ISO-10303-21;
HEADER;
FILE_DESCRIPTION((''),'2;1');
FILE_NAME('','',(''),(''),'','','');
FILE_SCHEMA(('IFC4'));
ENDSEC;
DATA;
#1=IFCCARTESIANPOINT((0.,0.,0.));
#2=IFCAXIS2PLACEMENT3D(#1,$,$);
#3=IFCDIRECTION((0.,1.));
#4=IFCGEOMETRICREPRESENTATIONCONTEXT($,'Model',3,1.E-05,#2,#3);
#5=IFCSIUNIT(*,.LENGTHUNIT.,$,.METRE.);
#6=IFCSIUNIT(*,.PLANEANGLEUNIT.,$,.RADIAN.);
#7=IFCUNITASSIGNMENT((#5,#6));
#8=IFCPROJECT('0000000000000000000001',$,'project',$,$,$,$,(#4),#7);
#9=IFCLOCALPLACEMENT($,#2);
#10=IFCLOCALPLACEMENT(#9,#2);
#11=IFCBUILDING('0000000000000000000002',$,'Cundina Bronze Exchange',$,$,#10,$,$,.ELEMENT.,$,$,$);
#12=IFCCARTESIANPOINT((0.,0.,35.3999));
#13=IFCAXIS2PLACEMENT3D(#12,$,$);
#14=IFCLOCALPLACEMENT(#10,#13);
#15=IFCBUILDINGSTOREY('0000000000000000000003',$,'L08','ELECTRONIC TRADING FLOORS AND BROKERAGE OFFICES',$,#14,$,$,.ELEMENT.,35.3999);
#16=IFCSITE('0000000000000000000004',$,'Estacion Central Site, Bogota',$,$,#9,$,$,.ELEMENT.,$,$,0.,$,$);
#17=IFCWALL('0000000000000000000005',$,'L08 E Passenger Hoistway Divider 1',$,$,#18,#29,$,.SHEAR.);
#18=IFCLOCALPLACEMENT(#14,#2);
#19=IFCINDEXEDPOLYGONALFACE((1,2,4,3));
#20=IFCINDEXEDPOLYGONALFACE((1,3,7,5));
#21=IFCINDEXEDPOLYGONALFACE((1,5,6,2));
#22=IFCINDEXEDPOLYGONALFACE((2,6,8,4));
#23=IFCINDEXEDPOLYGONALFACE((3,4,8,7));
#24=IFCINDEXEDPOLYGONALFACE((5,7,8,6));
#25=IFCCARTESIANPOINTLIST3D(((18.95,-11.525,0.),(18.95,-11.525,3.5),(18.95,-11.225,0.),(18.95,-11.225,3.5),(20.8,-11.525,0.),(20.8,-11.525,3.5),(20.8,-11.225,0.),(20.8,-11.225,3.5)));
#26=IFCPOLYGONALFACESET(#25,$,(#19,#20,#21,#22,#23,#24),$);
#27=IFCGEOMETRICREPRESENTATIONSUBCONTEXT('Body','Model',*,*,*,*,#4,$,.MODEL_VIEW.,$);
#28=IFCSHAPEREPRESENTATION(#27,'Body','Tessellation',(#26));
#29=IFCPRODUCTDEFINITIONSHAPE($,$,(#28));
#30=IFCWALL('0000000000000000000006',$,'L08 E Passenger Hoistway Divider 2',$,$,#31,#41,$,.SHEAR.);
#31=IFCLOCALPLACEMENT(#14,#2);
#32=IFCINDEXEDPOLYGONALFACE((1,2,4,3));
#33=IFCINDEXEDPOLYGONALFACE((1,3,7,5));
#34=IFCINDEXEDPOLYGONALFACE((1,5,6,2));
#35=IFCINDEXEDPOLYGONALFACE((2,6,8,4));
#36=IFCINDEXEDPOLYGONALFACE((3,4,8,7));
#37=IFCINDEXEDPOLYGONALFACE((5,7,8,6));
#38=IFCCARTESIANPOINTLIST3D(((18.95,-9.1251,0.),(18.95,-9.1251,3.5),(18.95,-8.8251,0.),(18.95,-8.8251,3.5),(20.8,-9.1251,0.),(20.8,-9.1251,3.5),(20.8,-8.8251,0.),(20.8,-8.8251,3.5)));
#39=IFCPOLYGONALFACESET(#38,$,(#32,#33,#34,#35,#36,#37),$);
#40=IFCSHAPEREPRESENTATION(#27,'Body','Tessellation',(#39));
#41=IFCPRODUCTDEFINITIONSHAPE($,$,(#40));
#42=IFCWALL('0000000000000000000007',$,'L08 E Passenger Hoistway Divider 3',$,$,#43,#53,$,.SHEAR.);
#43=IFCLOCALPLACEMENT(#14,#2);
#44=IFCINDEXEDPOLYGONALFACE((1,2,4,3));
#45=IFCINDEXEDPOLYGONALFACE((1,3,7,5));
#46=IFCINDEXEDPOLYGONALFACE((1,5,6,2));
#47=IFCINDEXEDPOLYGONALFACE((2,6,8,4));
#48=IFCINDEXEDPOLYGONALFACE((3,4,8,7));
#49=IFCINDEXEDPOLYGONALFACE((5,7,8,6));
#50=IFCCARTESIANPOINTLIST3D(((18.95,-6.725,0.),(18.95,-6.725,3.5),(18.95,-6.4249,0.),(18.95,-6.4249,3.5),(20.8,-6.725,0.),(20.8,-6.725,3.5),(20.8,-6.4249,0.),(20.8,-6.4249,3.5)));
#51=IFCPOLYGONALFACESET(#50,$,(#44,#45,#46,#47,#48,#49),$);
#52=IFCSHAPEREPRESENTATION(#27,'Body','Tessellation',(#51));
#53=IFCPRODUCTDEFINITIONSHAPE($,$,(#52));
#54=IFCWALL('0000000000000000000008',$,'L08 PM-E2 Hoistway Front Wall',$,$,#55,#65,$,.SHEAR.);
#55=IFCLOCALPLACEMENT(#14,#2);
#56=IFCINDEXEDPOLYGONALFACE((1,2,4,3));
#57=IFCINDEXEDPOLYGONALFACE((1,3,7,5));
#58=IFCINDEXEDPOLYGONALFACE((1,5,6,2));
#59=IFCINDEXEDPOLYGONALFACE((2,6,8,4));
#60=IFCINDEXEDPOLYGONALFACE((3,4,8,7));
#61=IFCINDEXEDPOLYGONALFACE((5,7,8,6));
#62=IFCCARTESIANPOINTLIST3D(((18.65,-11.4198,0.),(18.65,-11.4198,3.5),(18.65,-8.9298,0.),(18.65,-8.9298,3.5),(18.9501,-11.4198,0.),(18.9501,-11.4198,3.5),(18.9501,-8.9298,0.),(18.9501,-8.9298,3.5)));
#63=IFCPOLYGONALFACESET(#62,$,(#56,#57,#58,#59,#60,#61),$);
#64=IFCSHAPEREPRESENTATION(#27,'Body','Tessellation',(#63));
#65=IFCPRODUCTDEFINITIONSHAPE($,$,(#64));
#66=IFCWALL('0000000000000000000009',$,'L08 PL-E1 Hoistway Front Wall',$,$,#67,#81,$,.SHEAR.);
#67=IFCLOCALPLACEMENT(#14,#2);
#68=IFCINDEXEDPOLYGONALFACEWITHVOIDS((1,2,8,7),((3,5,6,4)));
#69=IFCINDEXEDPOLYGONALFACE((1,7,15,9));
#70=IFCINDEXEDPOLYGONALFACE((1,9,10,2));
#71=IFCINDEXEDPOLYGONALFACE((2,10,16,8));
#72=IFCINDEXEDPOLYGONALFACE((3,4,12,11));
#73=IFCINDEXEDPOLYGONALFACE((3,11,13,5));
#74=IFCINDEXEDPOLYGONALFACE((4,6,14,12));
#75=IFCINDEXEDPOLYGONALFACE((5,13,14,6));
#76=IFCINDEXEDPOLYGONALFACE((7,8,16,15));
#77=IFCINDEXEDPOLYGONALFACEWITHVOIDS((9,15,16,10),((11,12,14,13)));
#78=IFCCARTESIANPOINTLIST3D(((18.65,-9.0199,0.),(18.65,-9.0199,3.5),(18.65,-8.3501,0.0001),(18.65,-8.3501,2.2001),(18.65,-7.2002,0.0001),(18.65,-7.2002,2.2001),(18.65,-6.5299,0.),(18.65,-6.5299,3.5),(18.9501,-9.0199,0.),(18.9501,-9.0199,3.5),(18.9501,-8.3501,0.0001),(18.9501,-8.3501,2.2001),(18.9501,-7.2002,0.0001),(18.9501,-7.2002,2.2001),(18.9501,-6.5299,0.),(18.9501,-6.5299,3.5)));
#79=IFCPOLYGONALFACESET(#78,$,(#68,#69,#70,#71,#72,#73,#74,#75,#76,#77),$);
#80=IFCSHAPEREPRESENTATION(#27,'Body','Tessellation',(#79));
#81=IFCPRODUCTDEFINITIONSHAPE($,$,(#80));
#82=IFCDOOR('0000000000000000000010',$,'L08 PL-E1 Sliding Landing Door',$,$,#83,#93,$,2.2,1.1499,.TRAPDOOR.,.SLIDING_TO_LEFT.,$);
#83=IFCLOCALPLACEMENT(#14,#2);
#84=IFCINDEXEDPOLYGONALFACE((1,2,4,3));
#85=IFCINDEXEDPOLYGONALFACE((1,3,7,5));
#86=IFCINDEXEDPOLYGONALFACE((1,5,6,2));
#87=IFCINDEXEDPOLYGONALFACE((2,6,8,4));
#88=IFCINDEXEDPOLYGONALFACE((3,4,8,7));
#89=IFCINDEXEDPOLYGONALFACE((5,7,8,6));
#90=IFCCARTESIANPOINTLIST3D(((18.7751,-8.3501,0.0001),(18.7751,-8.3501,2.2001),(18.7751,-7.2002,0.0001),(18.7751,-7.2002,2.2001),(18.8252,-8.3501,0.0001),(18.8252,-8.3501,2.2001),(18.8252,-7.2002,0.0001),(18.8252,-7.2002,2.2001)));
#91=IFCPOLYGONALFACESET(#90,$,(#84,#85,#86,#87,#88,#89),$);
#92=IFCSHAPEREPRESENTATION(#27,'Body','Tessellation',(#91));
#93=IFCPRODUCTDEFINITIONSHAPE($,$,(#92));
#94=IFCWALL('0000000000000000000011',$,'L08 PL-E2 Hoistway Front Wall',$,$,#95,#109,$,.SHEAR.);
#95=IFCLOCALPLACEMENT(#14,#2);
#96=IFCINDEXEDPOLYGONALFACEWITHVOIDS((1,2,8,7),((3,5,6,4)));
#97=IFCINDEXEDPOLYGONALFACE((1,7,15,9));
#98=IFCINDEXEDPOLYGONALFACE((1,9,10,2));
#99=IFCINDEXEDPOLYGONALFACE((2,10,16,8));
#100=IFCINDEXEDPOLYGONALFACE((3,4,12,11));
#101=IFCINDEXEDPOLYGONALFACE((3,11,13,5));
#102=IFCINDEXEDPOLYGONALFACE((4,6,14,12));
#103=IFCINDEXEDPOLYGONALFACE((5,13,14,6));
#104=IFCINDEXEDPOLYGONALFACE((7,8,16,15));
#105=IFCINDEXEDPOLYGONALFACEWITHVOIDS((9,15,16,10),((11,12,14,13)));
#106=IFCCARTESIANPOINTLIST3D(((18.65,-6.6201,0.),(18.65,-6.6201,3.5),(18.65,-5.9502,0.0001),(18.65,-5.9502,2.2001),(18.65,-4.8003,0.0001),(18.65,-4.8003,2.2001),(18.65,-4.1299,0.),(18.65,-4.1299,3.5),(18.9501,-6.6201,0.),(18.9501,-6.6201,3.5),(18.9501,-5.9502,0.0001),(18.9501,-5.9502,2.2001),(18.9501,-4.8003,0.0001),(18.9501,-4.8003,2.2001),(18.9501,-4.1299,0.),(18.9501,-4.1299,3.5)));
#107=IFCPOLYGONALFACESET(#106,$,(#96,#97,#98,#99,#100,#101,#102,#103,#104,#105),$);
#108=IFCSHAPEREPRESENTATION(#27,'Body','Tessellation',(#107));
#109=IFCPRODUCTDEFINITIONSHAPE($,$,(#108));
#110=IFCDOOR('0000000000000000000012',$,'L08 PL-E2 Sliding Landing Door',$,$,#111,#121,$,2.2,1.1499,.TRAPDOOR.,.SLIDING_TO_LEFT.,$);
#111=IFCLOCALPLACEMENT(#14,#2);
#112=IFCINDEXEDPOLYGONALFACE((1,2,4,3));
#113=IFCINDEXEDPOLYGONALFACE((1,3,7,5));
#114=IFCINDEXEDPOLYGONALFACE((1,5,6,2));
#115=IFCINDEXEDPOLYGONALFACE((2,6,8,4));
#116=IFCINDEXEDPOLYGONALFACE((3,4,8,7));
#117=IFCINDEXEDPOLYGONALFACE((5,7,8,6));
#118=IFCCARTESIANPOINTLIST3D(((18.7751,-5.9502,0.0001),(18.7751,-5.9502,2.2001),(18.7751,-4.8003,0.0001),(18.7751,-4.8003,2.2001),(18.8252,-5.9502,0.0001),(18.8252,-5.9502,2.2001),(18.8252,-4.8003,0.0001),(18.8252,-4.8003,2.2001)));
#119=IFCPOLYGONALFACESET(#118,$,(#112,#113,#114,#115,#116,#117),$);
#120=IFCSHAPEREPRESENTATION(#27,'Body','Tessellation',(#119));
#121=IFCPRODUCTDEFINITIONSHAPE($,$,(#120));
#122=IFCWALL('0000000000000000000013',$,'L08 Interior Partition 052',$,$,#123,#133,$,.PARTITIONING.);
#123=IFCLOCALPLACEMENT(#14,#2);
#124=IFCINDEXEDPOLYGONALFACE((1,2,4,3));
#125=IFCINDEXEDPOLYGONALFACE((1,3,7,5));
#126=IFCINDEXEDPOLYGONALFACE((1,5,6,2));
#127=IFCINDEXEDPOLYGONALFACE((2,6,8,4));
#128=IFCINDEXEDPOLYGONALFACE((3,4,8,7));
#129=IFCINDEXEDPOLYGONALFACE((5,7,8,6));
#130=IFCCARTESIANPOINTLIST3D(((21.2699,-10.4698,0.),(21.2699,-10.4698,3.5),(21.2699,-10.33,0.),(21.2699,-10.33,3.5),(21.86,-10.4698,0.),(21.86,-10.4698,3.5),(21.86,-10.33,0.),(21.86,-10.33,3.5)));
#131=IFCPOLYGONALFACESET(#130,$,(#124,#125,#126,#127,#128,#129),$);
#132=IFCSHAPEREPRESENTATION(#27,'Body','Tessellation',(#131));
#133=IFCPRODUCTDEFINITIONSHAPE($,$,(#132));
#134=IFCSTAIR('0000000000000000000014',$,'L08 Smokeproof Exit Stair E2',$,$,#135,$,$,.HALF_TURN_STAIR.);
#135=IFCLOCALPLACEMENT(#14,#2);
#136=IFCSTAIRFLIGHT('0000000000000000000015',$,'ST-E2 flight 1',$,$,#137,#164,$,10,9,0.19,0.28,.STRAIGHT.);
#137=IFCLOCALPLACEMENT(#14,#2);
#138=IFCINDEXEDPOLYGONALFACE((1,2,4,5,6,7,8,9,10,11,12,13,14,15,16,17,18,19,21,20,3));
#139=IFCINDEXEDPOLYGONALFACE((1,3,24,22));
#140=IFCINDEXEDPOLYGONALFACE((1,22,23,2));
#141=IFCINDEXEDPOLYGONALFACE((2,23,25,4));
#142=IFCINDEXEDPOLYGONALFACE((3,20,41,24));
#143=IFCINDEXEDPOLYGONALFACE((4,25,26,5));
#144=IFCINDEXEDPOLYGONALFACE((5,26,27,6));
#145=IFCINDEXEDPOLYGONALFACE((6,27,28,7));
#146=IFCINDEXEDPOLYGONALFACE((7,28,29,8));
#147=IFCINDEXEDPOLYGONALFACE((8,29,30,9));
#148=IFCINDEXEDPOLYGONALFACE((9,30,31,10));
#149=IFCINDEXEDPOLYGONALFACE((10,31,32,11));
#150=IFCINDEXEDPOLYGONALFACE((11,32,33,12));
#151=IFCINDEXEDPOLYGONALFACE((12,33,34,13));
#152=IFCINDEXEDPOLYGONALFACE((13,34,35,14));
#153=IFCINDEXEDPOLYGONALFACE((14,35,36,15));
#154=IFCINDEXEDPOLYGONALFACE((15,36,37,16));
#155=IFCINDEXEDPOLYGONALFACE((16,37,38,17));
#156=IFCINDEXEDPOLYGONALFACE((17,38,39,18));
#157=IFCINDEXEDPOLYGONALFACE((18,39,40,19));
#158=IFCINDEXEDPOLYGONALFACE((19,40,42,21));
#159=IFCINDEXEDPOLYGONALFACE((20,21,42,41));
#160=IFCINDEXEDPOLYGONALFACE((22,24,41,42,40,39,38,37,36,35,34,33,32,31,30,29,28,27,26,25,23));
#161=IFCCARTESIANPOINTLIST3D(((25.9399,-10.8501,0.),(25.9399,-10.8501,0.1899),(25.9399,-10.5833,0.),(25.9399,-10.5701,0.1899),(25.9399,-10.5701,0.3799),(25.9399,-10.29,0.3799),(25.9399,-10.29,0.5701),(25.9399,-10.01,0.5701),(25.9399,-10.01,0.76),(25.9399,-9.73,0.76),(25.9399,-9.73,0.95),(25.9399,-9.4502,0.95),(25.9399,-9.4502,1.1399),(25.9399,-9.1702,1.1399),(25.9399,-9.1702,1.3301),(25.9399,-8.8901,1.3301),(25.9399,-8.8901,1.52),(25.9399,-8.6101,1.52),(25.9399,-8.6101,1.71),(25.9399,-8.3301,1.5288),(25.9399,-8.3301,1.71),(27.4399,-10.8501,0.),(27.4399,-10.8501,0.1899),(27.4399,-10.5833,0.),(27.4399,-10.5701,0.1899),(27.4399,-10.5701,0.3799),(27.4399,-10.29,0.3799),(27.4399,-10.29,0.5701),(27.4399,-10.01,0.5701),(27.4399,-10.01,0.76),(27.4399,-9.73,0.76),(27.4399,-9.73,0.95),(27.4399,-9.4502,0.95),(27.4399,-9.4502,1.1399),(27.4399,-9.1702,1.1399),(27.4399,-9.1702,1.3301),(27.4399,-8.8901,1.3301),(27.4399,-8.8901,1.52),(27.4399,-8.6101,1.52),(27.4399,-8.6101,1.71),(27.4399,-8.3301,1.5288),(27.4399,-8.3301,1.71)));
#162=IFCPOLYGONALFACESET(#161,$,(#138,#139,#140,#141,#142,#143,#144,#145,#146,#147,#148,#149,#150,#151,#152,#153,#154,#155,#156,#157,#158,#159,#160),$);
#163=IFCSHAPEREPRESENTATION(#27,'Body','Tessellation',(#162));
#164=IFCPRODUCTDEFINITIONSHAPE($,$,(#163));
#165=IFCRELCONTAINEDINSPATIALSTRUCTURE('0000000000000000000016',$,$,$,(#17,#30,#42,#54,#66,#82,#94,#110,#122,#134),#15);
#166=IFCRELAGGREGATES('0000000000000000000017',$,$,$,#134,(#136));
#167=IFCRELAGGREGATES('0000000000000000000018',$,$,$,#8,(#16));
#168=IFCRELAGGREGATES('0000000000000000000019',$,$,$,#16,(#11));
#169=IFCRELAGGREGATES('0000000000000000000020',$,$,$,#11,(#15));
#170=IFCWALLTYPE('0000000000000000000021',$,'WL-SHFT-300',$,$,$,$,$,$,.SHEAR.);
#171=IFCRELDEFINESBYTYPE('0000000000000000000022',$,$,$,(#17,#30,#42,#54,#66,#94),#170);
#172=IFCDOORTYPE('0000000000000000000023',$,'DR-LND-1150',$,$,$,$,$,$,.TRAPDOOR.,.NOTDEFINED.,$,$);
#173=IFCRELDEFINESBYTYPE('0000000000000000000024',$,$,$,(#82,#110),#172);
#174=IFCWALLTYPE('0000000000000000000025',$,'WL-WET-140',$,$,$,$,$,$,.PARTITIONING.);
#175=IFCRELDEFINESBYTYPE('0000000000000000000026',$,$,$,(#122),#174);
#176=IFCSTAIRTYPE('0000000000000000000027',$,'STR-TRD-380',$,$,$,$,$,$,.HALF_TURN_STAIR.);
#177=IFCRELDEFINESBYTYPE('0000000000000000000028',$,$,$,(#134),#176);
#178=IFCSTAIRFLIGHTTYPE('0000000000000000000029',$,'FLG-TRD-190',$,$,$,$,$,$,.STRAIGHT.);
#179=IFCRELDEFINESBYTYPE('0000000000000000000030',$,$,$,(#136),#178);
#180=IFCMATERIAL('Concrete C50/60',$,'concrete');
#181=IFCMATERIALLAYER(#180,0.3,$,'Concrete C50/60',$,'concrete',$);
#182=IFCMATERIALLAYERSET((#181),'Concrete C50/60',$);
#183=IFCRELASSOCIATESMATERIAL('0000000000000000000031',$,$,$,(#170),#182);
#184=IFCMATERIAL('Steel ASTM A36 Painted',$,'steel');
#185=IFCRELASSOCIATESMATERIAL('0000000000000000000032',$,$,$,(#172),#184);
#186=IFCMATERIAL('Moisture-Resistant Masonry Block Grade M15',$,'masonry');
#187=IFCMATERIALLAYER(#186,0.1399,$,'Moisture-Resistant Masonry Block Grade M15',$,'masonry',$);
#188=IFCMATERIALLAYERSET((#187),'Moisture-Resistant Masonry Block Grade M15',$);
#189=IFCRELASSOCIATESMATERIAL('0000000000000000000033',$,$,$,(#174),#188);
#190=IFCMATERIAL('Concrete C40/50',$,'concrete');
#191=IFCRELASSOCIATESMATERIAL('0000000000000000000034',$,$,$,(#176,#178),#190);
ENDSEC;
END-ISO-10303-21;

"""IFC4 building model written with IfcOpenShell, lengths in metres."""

from ifc_helpers import new_model, si_unit, direction, frame, frame_2d, origin, place, context, subcontext, project, spatial, polyline, rectangle, outline, extrude, material, layer, layer_set, type_object, element, fill, aggregate, save


model = new_model("IFC4")

# Units and contexts
model_context = context("Model", 3, precision=1e-05, world=origin(), true_north=direction((0.0, 1.0)))
body_context = subcontext(model_context, "Body", "Model", "MODEL_VIEW")
ifc_project = project(units=[si_unit("LENGTHUNIT", "METRE"), si_unit("PLANEANGLEUNIT", "RADIAN")], contexts=[model_context])

# Site, building, storey
site_placement = place(None, origin())
site = spatial("IfcSite", under=ifc_project, at=site_placement, Name="Estacion Central Site, Bogota", CompositionType="ELEMENT", RefElevation=0.0)
building_placement = place(site_placement, origin())
building = spatial("IfcBuilding", under=site, at=building_placement, Name="Cundina Bronze Exchange", CompositionType="ELEMENT")
storey_placement = place(building_placement, frame((0.0, 0.0, 35.3999)))
storey = spatial("IfcBuildingStorey", under=building, at=storey_placement, Name="L08", Description="ELECTRONIC TRADING FLOORS AND BROKERAGE OFFICES", CompositionType="ELEMENT", Elevation=35.3999)

# Shared definitions
ifc_material_1 = material(Name="Concrete C50/60", Category="concrete")
ifc_layer_1 = layer(ifc_material_1, 0.3, Name="Concrete C50/60", Category="concrete")
ifc_layer_set_1 = layer_set([ifc_layer_1], Name="Concrete C50/60")
wall_type_1 = type_object("IfcWallType", Name="WL-SHFT-300", PredefinedType="SHEAR", material=ifc_layer_set_1)

# Shared definitions
ifc_material_2 = material(Name="Steel ASTM A36 Painted", Category="steel")
door_type_1 = type_object("IfcDoorType", Name="DR-LND-1150", OperationType="NOTDEFINED", PredefinedType="TRAPDOOR", material=ifc_material_2)

# Walls
for number, where, z_axis, x_axis, name in (
    (1, (18.95, -11.375, 0.0), (0.0, 0.0, 1.0), (1.0, 0.0, 0.0), "L08 E Passenger Hoistway Divider 1"),
    (2, (18.95, -8.9751, 0.0), (0.0, 0.0, 1.0), (1.0, 0.0, 0.0), "L08 E Passenger Hoistway Divider 2"),
    (3, (18.95, -6.575, 0.0), (0.0, 0.0, 1.0), (1.0, 0.0, 0.0), "L08 E Passenger Hoistway Divider 3"),
):
    element("IfcWall", number, at=place(storey_placement, frame(where, z_axis=z_axis, x_axis=x_axis)), inside=storey, type_object=wall_type_1, Name=name, PredefinedType="SHEAR", context=body_context, shape_type="SweptSolid", body=[
        extrude(rectangle(XDim=1.8501, YDim=0.3, at=frame_2d((0.925, 0.0))), origin(), (0.0, 0.0, 1.0), 3.5),
    ])
wall_1_placement = place(storey_placement, frame((18.8, -11.4199, 0.0), z_axis=(0.0, 0.0, 1.0), x_axis=(0.0, 1.0, 0.0)))
element("IfcWall", 4, at=wall_1_placement, inside=storey, type_object=wall_type_1, Name="L08 PM-E2 Hoistway Front Wall", PredefinedType="SHEAR", context=body_context, shape_type="SweptSolid", body=[
    extrude(rectangle(XDim=2.49, YDim=0.3, at=frame_2d((1.2451, 0.0))), origin(), (0.0, 0.0, 1.0), 3.5),
])

# Walls, openings, doors
wall_2_placement = place(storey_placement, frame((18.8, -9.02, 0.0), z_axis=(0.0, 0.0, 1.0), x_axis=(0.0, 1.0, 0.0)))
wall_2 = element("IfcWall", 5, at=wall_2_placement, inside=storey, type_object=wall_type_1, Name="L08 PL-E1 Hoistway Front Wall", PredefinedType="SHEAR", context=body_context, shape_type="SweptSolid", body=[
    extrude(rectangle(XDim=2.49, YDim=0.3, at=frame_2d((1.2451, 0.0))), origin(), (0.0, 0.0, 1.0), 3.5),
])
opening_1_placement = place(wall_2_placement, frame((0.6699, 0.0, 0.0)))
opening_1 = element("IfcOpeningElement", 6, at=opening_1_placement, cuts=wall_2, PredefinedType="OPENING", context=body_context, shape_type="SweptSolid", body=[
    extrude(rectangle(XDim=1.1499, YDim=2.2, at=frame_2d((0.575, 1.1001))), frame((0.0, 0.1599, 0.0), z_axis=(0.0, -1.0, 0.0), x_axis=(1.0, 0.0, 0.0)), (0.0, 0.0, 1.0), 0.3201),
])
door_1_placement = place(opening_1_placement, origin())
door_1 = element("IfcDoor", 7, at=door_1_placement, inside=storey, type_object=door_type_1, Name="L08 PL-E1 Sliding Landing Door", OperationType="SLIDING_TO_LEFT", OverallHeight=2.2, OverallWidth=1.1499, PredefinedType="TRAPDOOR", context=body_context, shape_type="SweptSolid", body=[
    extrude(rectangle(XDim=1.1499, YDim=2.2, at=frame_2d((0.575, 1.1001))), frame((0.0, 0.0249, 0.0), z_axis=(0.0, -1.0, 0.0), x_axis=(1.0, 0.0, 0.0)), (0.0, 0.0, 1.0), 0.05),
])
fill(opening_1, door_1)
wall_3_placement = place(storey_placement, frame((18.8, -6.6201, 0.0), z_axis=(0.0, 0.0, 1.0), x_axis=(0.0, 1.0, 0.0)))
wall_3 = element("IfcWall", 8, at=wall_3_placement, inside=storey, type_object=wall_type_1, Name="L08 PL-E2 Hoistway Front Wall", PredefinedType="SHEAR", context=body_context, shape_type="SweptSolid", body=[
    extrude(rectangle(XDim=2.4902, YDim=0.3, at=frame_2d((1.2451, 0.0))), origin(), (0.0, 0.0, 1.0), 3.5),
])
opening_2_placement = place(wall_3_placement, frame((0.6699, 0.0, 0.0)))
opening_2 = element("IfcOpeningElement", 9, at=opening_2_placement, cuts=wall_3, PredefinedType="OPENING", context=body_context, shape_type="SweptSolid", body=[
    extrude(rectangle(XDim=1.1499, YDim=2.2, at=frame_2d((0.575, 1.1001))), frame((0.0, 0.1599, 0.0), z_axis=(0.0, -1.0, 0.0), x_axis=(1.0, 0.0, 0.0)), (0.0, 0.0, 1.0), 0.3201),
])
door_2_placement = place(opening_2_placement, origin())
door_2 = element("IfcDoor", 10, at=door_2_placement, inside=storey, type_object=door_type_1, Name="L08 PL-E2 Sliding Landing Door", OperationType="SLIDING_TO_LEFT", OverallHeight=2.2, OverallWidth=1.1499, PredefinedType="TRAPDOOR", context=body_context, shape_type="SweptSolid", body=[
    extrude(rectangle(XDim=1.1499, YDim=2.2, at=frame_2d((0.575, 1.1001))), frame((0.0, 0.0249, 0.0), z_axis=(0.0, -1.0, 0.0), x_axis=(1.0, 0.0, 0.0)), (0.0, 0.0, 1.0), 0.05),
])
fill(opening_2, door_2)

# Wall
ifc_material_3 = material(Name="Moisture-Resistant Masonry Block Grade M15", Category="masonry")
ifc_layer_2 = layer(ifc_material_3, 0.1399, Name="Moisture-Resistant Masonry Block Grade M15", Category="masonry")
ifc_layer_set_2 = layer_set([ifc_layer_2], Name="Moisture-Resistant Masonry Block Grade M15")
wall_type_2 = type_object("IfcWallType", Name="WL-WET-140", PredefinedType="PARTITIONING", material=ifc_layer_set_2)
wall_4_placement = place(storey_placement, frame((21.27, -10.3999, 0.0), z_axis=(0.0, 0.0, 1.0), x_axis=(1.0, 0.0, 0.0)))
element("IfcWall", 11, at=wall_4_placement, inside=storey, type_object=wall_type_2, Name="L08 Interior Partition 052", PredefinedType="PARTITIONING", context=body_context, shape_type="SweptSolid", body=[
    extrude(rectangle(XDim=0.5901, YDim=0.1399, at=frame_2d((0.2949, 0.0))), origin(), (0.0, 0.0, 1.0), 3.5),
])

# Stair, stair flight
ifc_material_4 = material(Name="Concrete C40/50", Category="concrete")
stair_type = type_object("IfcStairType", Name="STR-TRD-380", PredefinedType="HALF_TURN_STAIR", material=ifc_material_4)
stair_placement = place(storey_placement, origin())
stair = element("IfcStair", 12, at=stair_placement, inside=storey, type_object=stair_type, Name="L08 Smokeproof Exit Stair E2", PredefinedType="HALF_TURN_STAIR")
stair_flight_type = type_object("IfcStairFlightType", Name="FLG-TRD-190", PredefinedType="STRAIGHT", material=ifc_material_4)
stair_flight_1_placement = place(storey_placement, frame((26.6899, -10.8501, 0.0), z_axis=(0.0, 0.0, 1.0), x_axis=(0.0, 1.0, 0.0)))
stair_flight_1 = element("IfcStairFlight", 13, at=stair_flight_1_placement, type_object=stair_flight_type, Name="ST-E2 flight 1", NumberOfRisers=10, NumberOfTreads=9, PredefinedType="STRAIGHT", RiserHeight=0.19, TreadLength=0.28, context=body_context, shape_type="SweptSolid", body=[
    extrude(outline(polyline([(0.0, 0.0), (0.0, 0.1899), (0.28, 0.1899), (0.28, 0.3799), (0.5601, 0.3799), (0.5601, 0.5701), (0.8401, 0.5701), (0.8401, 0.76), (1.1201, 0.76), (1.1201, 0.95), (1.3999, 0.95), (1.3999, 1.1399), (1.6799, 1.1399), (1.6799, 1.3301), (1.96, 1.3301), (1.96, 1.52), (2.24, 1.52), (2.24, 1.71), (2.52, 1.71), (2.52, 1.8999), (2.52, 1.5288), (0.2668, 0.0), (0.0, 0.0)])), frame((0.0, 0.75, 0.0), z_axis=(0.0, -1.0, 0.0), x_axis=(1.0, 0.0, 0.0)), (0.0, 0.0, 1.0), 1.5),
])
aggregate(stair, [stair_flight_1])

save(model, "model.ifc")
